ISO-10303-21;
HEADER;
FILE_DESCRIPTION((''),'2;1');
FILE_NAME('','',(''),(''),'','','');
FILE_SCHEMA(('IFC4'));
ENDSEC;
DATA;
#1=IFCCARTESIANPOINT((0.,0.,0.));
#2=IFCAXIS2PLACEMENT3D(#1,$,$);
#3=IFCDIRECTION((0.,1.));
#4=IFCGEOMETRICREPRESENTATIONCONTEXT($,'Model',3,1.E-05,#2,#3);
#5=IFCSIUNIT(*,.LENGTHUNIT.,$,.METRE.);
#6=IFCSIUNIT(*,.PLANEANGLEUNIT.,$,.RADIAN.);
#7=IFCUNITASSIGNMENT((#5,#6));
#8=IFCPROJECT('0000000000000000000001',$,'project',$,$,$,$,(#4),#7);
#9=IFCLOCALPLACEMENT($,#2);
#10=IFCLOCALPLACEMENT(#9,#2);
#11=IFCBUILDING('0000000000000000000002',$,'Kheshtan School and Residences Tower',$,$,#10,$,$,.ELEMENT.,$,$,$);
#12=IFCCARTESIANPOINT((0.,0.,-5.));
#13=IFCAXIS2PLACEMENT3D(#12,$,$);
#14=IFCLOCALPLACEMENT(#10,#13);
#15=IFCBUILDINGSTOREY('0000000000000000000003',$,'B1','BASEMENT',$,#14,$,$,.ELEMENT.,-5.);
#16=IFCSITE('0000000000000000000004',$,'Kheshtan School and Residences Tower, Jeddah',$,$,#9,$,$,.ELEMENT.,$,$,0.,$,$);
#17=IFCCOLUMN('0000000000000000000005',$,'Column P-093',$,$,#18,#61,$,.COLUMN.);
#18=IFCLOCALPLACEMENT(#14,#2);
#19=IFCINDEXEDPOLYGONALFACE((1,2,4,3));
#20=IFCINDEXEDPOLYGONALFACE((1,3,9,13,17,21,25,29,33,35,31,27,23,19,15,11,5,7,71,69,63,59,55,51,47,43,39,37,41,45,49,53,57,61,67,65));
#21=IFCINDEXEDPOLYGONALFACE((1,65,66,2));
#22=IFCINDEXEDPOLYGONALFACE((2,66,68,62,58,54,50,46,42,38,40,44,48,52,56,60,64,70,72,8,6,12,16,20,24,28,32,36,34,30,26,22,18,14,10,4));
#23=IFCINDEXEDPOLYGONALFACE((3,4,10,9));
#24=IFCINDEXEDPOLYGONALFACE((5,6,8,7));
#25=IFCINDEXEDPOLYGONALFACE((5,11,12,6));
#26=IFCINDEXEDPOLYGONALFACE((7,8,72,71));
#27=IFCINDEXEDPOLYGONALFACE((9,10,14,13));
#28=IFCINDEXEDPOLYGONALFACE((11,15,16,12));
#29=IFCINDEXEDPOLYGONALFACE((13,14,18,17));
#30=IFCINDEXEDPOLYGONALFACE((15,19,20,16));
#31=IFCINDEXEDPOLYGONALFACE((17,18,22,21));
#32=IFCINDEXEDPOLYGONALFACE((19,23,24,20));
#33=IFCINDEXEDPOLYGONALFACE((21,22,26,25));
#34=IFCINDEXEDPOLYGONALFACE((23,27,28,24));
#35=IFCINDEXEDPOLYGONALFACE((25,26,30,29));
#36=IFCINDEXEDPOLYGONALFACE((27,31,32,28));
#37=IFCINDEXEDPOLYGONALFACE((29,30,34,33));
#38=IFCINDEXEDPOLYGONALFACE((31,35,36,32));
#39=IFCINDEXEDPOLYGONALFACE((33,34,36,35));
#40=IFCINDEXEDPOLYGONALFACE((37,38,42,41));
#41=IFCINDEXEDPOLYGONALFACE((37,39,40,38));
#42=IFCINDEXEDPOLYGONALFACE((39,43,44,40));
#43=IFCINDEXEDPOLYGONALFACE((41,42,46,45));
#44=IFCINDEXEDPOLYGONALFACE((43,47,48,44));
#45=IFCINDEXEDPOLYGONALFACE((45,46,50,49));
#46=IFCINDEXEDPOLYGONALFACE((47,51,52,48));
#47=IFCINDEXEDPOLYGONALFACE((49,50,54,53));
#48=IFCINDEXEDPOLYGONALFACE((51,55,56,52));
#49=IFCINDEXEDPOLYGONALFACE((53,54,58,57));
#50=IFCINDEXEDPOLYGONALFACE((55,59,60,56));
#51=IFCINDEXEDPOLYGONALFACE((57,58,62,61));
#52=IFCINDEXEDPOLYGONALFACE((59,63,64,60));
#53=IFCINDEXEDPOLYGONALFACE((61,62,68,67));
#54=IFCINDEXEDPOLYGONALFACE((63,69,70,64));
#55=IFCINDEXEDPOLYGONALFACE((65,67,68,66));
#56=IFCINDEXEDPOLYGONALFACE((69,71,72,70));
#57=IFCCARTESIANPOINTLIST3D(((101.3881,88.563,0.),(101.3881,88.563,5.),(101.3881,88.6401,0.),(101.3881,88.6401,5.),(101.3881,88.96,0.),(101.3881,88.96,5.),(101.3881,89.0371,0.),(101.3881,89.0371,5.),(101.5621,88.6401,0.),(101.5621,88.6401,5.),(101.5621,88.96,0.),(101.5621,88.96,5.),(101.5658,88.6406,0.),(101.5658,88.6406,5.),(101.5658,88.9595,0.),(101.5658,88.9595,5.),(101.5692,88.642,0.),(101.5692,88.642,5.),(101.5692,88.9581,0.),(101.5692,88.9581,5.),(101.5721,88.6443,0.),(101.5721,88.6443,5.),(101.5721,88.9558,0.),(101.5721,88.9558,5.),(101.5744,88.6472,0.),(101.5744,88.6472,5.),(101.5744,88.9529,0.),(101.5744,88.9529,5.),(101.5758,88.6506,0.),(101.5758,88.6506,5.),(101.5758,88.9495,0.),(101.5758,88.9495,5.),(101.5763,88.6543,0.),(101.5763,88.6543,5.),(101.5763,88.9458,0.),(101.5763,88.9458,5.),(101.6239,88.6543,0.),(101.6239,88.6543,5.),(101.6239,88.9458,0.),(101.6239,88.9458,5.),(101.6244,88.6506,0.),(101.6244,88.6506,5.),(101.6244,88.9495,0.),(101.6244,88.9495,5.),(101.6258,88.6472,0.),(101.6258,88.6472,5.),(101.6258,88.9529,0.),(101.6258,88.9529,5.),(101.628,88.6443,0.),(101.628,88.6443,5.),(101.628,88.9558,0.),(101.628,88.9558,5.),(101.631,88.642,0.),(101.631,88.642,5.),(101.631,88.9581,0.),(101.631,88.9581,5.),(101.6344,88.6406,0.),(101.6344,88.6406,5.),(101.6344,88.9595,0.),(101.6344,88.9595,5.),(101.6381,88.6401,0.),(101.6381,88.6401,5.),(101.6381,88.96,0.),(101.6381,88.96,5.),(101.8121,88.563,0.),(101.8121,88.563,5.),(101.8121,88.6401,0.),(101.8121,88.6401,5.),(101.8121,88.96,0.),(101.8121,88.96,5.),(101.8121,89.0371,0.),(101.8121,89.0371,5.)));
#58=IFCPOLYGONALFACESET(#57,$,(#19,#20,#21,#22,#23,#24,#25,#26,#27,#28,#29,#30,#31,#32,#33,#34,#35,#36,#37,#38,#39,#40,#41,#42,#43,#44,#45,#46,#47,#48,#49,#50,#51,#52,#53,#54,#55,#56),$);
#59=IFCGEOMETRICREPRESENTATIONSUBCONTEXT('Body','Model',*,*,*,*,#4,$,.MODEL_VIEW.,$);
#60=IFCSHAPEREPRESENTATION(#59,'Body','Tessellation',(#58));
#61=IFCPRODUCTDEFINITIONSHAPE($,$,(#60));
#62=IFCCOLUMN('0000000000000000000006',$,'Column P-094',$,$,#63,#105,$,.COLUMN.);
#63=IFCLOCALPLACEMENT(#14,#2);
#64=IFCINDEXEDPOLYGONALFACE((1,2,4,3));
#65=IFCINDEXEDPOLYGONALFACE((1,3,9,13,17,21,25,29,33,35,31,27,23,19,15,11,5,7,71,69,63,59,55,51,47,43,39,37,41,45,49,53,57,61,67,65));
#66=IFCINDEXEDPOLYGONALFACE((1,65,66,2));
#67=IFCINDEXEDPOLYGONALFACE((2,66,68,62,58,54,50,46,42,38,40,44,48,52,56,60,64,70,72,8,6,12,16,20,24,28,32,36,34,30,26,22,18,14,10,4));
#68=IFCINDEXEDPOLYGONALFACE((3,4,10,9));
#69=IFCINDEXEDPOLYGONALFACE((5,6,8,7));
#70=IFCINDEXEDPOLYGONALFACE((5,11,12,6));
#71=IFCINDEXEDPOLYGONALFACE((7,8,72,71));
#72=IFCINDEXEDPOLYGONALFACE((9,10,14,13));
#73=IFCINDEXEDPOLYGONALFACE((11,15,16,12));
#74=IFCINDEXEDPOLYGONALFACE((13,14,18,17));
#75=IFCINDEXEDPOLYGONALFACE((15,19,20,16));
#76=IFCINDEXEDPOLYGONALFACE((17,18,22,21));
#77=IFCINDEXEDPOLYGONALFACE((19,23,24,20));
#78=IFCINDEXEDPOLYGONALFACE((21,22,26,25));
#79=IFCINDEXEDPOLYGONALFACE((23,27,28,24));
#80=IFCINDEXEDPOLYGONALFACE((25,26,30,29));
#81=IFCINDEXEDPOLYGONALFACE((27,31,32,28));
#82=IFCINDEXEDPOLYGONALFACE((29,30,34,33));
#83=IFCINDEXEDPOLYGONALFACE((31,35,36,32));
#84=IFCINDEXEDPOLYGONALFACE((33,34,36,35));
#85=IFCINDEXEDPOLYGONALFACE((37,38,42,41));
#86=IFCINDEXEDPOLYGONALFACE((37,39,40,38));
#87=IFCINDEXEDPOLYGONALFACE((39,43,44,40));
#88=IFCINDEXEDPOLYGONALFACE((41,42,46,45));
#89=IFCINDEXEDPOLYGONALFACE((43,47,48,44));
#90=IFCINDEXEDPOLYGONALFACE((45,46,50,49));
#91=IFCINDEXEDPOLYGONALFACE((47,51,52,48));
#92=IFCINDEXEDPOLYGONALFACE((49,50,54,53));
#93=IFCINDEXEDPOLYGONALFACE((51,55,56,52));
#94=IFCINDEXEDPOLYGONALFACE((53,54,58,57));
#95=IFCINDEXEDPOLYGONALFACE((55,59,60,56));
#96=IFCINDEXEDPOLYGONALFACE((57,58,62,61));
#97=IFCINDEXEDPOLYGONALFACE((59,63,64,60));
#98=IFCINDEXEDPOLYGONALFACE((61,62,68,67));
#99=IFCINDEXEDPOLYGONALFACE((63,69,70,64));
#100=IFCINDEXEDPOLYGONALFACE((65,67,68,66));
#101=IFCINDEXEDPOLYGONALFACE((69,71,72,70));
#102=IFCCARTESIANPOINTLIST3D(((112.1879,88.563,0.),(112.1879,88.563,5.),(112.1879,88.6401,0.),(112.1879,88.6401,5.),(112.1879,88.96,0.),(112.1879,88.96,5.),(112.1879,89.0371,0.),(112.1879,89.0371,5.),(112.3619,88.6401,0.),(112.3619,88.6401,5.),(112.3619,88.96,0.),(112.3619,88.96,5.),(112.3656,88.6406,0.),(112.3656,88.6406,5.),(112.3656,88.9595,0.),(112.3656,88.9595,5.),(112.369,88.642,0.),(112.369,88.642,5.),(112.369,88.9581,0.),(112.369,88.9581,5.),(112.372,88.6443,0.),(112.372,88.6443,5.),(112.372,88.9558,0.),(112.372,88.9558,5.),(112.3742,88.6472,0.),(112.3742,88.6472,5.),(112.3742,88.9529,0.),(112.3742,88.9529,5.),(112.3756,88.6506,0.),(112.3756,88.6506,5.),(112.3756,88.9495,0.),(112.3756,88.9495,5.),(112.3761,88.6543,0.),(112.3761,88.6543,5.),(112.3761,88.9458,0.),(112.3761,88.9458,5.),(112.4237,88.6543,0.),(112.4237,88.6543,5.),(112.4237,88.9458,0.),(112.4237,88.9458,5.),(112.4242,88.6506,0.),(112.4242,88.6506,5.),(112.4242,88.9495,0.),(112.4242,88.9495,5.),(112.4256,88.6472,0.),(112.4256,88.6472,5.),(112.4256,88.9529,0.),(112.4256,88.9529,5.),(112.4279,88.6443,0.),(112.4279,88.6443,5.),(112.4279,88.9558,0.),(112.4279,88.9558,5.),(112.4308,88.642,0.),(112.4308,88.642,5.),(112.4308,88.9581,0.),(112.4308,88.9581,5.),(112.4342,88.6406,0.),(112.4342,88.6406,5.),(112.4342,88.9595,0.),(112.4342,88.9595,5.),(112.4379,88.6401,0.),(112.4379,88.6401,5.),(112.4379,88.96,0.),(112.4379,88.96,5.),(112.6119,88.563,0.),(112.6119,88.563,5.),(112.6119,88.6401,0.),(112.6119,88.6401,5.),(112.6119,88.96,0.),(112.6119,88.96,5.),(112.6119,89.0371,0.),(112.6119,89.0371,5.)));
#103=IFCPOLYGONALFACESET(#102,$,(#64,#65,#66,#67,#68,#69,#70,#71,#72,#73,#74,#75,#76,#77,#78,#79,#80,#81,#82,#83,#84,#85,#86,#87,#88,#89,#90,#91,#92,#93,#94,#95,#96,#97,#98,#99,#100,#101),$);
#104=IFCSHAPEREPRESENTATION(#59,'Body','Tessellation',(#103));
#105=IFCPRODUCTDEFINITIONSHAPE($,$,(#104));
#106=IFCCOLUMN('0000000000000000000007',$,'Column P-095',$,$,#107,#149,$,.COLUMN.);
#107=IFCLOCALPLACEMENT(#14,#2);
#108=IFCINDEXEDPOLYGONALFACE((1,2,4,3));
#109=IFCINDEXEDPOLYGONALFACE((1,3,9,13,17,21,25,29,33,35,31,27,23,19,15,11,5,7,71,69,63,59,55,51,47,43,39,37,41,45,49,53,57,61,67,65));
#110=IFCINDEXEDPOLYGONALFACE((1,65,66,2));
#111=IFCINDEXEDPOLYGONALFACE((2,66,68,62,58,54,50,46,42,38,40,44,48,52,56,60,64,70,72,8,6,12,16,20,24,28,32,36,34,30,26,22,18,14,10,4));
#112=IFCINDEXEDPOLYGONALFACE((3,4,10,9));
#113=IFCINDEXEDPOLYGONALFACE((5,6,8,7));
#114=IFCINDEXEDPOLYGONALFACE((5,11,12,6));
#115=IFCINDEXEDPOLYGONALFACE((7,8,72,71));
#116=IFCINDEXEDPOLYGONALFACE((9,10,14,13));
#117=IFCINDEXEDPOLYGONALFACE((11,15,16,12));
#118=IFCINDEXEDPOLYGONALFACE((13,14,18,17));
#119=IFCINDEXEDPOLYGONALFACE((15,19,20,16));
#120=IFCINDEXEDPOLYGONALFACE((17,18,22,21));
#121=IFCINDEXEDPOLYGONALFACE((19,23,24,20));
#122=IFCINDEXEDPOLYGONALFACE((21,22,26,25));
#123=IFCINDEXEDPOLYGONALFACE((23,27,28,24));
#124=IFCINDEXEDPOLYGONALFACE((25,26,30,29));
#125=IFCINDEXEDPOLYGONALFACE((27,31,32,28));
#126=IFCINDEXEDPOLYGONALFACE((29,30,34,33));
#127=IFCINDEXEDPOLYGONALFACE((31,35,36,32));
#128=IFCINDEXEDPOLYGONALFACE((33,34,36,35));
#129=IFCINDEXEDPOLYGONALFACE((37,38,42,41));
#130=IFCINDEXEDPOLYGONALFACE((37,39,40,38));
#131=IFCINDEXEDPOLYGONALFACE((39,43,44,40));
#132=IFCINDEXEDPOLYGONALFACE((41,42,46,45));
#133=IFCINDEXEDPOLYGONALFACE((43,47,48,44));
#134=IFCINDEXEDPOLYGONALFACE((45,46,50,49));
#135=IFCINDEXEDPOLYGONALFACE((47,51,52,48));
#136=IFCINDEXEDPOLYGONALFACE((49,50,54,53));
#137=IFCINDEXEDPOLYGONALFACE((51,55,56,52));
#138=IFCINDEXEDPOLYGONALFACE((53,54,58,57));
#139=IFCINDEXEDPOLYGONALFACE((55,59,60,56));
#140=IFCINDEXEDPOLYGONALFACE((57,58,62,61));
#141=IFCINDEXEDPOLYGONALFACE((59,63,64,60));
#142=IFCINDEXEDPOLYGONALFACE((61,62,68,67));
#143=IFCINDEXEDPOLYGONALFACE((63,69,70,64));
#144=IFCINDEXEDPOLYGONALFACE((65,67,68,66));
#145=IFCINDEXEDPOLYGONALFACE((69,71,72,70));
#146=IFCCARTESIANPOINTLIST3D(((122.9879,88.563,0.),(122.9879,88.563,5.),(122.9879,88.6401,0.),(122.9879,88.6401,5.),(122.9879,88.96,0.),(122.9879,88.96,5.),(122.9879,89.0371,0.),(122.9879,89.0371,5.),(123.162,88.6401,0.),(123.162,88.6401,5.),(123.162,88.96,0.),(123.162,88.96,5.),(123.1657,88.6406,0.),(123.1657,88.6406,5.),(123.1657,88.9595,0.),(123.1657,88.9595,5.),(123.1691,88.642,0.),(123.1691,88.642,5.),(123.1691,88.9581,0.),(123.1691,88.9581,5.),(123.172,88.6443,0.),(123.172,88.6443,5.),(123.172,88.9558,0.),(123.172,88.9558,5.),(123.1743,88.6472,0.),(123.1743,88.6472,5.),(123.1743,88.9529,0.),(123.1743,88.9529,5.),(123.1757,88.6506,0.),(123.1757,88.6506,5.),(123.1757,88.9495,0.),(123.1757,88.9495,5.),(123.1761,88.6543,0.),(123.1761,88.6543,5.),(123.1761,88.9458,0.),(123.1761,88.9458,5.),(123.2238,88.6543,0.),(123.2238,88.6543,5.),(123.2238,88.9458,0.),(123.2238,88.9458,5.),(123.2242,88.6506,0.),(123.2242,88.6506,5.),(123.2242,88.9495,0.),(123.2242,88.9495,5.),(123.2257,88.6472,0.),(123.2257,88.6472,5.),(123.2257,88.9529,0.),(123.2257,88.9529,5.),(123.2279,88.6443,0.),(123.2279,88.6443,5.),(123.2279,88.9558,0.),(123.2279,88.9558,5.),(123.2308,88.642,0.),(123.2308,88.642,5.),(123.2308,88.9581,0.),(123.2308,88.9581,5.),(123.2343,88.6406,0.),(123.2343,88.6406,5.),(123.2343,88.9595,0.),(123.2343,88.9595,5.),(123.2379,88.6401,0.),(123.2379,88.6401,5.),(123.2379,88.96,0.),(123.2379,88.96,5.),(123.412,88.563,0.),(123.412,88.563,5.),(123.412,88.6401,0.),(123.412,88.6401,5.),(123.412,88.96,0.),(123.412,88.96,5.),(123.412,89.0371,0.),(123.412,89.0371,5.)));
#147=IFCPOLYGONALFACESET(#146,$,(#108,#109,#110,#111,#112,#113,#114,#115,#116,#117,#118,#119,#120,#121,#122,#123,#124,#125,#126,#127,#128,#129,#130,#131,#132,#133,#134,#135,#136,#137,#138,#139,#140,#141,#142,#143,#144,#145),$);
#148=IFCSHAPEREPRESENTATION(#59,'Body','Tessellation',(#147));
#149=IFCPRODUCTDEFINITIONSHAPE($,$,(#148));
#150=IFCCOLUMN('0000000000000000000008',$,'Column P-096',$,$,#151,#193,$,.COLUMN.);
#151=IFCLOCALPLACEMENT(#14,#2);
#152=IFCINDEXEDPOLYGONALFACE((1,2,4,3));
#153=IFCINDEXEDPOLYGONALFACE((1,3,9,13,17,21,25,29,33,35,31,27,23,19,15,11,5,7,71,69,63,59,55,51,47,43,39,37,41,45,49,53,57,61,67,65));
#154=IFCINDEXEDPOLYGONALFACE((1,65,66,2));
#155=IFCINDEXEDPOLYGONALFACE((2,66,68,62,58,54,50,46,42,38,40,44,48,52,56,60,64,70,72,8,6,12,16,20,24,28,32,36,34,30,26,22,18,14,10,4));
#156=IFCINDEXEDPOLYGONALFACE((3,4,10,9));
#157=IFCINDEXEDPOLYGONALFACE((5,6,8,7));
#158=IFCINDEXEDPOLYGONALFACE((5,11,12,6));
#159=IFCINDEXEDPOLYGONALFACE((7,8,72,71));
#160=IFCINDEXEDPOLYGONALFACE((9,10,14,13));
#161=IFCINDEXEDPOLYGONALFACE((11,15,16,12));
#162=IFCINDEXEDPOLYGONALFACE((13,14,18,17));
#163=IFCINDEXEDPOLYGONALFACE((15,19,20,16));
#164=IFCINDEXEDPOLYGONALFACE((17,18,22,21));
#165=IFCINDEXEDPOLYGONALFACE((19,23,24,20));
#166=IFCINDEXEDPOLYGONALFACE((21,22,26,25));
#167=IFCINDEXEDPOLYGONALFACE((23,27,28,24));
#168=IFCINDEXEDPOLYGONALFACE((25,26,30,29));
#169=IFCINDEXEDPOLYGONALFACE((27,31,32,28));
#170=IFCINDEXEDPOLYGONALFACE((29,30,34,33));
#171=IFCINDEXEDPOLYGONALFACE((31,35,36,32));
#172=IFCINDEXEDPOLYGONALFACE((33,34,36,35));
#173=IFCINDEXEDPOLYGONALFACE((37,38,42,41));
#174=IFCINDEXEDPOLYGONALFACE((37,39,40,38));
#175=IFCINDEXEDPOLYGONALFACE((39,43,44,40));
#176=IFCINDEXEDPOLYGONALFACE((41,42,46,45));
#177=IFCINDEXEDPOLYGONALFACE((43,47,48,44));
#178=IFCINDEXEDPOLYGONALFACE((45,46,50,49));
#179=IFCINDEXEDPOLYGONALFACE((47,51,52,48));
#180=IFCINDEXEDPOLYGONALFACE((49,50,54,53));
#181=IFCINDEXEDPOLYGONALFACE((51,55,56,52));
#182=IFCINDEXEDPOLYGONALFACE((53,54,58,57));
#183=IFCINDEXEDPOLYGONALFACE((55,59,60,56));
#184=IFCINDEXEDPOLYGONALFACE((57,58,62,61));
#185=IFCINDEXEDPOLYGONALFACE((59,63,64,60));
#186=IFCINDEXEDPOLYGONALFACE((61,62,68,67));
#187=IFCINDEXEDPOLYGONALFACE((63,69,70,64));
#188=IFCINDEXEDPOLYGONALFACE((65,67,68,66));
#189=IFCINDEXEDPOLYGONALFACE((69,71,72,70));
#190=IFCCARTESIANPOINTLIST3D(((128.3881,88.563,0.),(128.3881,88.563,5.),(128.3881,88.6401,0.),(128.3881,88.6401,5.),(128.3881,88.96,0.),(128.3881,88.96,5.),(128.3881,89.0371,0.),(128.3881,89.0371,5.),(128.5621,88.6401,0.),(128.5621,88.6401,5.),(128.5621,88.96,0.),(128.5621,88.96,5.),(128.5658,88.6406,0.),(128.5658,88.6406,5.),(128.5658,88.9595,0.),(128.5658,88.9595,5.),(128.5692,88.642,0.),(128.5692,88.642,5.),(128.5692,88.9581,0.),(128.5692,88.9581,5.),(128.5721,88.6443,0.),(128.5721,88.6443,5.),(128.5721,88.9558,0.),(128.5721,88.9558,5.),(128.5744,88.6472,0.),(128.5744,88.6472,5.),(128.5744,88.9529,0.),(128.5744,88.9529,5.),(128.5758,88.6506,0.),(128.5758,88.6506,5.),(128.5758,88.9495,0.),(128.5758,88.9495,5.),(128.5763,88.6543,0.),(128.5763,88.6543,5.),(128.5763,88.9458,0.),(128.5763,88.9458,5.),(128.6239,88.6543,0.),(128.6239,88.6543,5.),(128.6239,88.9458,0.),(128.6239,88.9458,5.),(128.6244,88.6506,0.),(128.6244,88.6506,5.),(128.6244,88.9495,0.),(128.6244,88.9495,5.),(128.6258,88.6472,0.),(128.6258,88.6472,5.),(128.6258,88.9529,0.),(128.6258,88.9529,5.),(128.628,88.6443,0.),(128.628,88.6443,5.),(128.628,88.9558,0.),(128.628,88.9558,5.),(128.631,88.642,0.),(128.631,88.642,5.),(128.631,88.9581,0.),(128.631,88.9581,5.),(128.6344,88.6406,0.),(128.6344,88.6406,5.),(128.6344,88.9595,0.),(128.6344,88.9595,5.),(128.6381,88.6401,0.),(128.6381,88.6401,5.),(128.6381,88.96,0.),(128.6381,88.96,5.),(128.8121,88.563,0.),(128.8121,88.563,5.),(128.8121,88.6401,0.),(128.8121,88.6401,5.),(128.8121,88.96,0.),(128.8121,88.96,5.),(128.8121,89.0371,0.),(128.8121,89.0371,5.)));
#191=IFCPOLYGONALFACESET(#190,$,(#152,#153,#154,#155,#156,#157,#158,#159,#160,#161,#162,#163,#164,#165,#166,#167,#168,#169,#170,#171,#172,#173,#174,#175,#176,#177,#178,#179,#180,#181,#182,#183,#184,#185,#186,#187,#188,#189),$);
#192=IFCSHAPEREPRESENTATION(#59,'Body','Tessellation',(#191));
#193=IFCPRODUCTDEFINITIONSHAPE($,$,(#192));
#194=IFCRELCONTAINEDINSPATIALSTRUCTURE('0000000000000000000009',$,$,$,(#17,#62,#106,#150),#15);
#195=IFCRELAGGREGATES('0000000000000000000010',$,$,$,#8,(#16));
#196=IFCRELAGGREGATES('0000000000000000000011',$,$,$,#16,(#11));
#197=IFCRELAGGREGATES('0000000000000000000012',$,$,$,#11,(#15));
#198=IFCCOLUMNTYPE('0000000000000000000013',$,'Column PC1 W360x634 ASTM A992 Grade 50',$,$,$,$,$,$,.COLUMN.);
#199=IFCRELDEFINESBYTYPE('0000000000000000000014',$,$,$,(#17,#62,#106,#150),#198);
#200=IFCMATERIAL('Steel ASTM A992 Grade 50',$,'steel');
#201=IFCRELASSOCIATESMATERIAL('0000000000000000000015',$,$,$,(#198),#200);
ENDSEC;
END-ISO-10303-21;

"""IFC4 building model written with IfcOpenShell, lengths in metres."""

from ifc_helpers import new_model, si_unit, direction, frame, origin, origin_2d, place, context, subcontext, project, spatial, i_section, extrude, material, material_profile, profile_set, type_object, element, save


model = new_model("IFC4")

# Units and contexts
model_context = context("Model", 3, precision=1e-05, world=origin(), true_north=direction((0.0, 1.0)))
body_context = subcontext(model_context, "Body", "Model", "MODEL_VIEW")
ifc_project = project(units=[si_unit("LENGTHUNIT", "METRE"), si_unit("PLANEANGLEUNIT", "RADIAN")], contexts=[model_context])

# Site, building, storey
site_placement = place(None, origin())
site = spatial("IfcSite", under=ifc_project, at=site_placement, Name="Kheshtan School and Residences Tower, Jeddah", CompositionType="ELEMENT", RefElevation=0.0)
building_placement = place(site_placement, origin())
building = spatial("IfcBuilding", under=site, at=building_placement, Name="Kheshtan School and Residences Tower", CompositionType="ELEMENT")
storey_placement = place(building_placement, frame((0.0, 0.0, -5.0)))
storey = spatial("IfcBuildingStorey", under=building, at=storey_placement, Name="B1", Description="BASEMENT", CompositionType="ELEMENT", Elevation=-5.0)

# Columns
ifc_material_1 = material(Name="Steel ASTM A992 Grade 50", Category="steel")
ifc_material_profile = material_profile(ifc_material_1, i_section(OverallWidth=0.4241, OverallDepth=0.4741, WebThickness=0.0476, FlangeThickness=0.0771, FilletRadius=0.0142, at=origin_2d()), Name="W360x634")
ifc_profile_set = profile_set([ifc_material_profile], Name="Steel ASTM A992 Grade 50")
column_type = type_object("IfcColumnType", Name="Column PC1 W360x634 ASTM A992 Grade 50", PredefinedType="COLUMN", material=ifc_profile_set)
for number, where, z_axis, x_axis, name in (
    (1, (101.6001, 88.8, 0.0), (0.0, 0.0, 1.0), (1.0, 0.0, 0.0), "Column P-093"),
    (2, (112.3999, 88.8, 0.0), (0.0, 0.0, 1.0), (1.0, 0.0, 0.0), "Column P-094"),
    (3, (123.2, 88.8, 0.0), (0.0, 0.0, 1.0), (1.0, 0.0, 0.0), "Column P-095"),
    (4, (128.6001, 88.8, 0.0), (0.0, 0.0, 1.0), (1.0, 0.0, 0.0), "Column P-096"),
):
    element("IfcColumn", number, at=place(storey_placement, frame(where, z_axis=z_axis, x_axis=x_axis)), inside=storey, type_object=column_type, Name=name, PredefinedType="COLUMN", context=body_context, shape_type="SweptSolid", body=[
        extrude(i_section(OverallWidth=0.4241, OverallDepth=0.4741, WebThickness=0.0476, FlangeThickness=0.0771, FilletRadius=0.0142, at=origin_2d()), origin(), (0.0, 0.0, 1.0), 5.0),
    ])

save(model, "model.ifc")
